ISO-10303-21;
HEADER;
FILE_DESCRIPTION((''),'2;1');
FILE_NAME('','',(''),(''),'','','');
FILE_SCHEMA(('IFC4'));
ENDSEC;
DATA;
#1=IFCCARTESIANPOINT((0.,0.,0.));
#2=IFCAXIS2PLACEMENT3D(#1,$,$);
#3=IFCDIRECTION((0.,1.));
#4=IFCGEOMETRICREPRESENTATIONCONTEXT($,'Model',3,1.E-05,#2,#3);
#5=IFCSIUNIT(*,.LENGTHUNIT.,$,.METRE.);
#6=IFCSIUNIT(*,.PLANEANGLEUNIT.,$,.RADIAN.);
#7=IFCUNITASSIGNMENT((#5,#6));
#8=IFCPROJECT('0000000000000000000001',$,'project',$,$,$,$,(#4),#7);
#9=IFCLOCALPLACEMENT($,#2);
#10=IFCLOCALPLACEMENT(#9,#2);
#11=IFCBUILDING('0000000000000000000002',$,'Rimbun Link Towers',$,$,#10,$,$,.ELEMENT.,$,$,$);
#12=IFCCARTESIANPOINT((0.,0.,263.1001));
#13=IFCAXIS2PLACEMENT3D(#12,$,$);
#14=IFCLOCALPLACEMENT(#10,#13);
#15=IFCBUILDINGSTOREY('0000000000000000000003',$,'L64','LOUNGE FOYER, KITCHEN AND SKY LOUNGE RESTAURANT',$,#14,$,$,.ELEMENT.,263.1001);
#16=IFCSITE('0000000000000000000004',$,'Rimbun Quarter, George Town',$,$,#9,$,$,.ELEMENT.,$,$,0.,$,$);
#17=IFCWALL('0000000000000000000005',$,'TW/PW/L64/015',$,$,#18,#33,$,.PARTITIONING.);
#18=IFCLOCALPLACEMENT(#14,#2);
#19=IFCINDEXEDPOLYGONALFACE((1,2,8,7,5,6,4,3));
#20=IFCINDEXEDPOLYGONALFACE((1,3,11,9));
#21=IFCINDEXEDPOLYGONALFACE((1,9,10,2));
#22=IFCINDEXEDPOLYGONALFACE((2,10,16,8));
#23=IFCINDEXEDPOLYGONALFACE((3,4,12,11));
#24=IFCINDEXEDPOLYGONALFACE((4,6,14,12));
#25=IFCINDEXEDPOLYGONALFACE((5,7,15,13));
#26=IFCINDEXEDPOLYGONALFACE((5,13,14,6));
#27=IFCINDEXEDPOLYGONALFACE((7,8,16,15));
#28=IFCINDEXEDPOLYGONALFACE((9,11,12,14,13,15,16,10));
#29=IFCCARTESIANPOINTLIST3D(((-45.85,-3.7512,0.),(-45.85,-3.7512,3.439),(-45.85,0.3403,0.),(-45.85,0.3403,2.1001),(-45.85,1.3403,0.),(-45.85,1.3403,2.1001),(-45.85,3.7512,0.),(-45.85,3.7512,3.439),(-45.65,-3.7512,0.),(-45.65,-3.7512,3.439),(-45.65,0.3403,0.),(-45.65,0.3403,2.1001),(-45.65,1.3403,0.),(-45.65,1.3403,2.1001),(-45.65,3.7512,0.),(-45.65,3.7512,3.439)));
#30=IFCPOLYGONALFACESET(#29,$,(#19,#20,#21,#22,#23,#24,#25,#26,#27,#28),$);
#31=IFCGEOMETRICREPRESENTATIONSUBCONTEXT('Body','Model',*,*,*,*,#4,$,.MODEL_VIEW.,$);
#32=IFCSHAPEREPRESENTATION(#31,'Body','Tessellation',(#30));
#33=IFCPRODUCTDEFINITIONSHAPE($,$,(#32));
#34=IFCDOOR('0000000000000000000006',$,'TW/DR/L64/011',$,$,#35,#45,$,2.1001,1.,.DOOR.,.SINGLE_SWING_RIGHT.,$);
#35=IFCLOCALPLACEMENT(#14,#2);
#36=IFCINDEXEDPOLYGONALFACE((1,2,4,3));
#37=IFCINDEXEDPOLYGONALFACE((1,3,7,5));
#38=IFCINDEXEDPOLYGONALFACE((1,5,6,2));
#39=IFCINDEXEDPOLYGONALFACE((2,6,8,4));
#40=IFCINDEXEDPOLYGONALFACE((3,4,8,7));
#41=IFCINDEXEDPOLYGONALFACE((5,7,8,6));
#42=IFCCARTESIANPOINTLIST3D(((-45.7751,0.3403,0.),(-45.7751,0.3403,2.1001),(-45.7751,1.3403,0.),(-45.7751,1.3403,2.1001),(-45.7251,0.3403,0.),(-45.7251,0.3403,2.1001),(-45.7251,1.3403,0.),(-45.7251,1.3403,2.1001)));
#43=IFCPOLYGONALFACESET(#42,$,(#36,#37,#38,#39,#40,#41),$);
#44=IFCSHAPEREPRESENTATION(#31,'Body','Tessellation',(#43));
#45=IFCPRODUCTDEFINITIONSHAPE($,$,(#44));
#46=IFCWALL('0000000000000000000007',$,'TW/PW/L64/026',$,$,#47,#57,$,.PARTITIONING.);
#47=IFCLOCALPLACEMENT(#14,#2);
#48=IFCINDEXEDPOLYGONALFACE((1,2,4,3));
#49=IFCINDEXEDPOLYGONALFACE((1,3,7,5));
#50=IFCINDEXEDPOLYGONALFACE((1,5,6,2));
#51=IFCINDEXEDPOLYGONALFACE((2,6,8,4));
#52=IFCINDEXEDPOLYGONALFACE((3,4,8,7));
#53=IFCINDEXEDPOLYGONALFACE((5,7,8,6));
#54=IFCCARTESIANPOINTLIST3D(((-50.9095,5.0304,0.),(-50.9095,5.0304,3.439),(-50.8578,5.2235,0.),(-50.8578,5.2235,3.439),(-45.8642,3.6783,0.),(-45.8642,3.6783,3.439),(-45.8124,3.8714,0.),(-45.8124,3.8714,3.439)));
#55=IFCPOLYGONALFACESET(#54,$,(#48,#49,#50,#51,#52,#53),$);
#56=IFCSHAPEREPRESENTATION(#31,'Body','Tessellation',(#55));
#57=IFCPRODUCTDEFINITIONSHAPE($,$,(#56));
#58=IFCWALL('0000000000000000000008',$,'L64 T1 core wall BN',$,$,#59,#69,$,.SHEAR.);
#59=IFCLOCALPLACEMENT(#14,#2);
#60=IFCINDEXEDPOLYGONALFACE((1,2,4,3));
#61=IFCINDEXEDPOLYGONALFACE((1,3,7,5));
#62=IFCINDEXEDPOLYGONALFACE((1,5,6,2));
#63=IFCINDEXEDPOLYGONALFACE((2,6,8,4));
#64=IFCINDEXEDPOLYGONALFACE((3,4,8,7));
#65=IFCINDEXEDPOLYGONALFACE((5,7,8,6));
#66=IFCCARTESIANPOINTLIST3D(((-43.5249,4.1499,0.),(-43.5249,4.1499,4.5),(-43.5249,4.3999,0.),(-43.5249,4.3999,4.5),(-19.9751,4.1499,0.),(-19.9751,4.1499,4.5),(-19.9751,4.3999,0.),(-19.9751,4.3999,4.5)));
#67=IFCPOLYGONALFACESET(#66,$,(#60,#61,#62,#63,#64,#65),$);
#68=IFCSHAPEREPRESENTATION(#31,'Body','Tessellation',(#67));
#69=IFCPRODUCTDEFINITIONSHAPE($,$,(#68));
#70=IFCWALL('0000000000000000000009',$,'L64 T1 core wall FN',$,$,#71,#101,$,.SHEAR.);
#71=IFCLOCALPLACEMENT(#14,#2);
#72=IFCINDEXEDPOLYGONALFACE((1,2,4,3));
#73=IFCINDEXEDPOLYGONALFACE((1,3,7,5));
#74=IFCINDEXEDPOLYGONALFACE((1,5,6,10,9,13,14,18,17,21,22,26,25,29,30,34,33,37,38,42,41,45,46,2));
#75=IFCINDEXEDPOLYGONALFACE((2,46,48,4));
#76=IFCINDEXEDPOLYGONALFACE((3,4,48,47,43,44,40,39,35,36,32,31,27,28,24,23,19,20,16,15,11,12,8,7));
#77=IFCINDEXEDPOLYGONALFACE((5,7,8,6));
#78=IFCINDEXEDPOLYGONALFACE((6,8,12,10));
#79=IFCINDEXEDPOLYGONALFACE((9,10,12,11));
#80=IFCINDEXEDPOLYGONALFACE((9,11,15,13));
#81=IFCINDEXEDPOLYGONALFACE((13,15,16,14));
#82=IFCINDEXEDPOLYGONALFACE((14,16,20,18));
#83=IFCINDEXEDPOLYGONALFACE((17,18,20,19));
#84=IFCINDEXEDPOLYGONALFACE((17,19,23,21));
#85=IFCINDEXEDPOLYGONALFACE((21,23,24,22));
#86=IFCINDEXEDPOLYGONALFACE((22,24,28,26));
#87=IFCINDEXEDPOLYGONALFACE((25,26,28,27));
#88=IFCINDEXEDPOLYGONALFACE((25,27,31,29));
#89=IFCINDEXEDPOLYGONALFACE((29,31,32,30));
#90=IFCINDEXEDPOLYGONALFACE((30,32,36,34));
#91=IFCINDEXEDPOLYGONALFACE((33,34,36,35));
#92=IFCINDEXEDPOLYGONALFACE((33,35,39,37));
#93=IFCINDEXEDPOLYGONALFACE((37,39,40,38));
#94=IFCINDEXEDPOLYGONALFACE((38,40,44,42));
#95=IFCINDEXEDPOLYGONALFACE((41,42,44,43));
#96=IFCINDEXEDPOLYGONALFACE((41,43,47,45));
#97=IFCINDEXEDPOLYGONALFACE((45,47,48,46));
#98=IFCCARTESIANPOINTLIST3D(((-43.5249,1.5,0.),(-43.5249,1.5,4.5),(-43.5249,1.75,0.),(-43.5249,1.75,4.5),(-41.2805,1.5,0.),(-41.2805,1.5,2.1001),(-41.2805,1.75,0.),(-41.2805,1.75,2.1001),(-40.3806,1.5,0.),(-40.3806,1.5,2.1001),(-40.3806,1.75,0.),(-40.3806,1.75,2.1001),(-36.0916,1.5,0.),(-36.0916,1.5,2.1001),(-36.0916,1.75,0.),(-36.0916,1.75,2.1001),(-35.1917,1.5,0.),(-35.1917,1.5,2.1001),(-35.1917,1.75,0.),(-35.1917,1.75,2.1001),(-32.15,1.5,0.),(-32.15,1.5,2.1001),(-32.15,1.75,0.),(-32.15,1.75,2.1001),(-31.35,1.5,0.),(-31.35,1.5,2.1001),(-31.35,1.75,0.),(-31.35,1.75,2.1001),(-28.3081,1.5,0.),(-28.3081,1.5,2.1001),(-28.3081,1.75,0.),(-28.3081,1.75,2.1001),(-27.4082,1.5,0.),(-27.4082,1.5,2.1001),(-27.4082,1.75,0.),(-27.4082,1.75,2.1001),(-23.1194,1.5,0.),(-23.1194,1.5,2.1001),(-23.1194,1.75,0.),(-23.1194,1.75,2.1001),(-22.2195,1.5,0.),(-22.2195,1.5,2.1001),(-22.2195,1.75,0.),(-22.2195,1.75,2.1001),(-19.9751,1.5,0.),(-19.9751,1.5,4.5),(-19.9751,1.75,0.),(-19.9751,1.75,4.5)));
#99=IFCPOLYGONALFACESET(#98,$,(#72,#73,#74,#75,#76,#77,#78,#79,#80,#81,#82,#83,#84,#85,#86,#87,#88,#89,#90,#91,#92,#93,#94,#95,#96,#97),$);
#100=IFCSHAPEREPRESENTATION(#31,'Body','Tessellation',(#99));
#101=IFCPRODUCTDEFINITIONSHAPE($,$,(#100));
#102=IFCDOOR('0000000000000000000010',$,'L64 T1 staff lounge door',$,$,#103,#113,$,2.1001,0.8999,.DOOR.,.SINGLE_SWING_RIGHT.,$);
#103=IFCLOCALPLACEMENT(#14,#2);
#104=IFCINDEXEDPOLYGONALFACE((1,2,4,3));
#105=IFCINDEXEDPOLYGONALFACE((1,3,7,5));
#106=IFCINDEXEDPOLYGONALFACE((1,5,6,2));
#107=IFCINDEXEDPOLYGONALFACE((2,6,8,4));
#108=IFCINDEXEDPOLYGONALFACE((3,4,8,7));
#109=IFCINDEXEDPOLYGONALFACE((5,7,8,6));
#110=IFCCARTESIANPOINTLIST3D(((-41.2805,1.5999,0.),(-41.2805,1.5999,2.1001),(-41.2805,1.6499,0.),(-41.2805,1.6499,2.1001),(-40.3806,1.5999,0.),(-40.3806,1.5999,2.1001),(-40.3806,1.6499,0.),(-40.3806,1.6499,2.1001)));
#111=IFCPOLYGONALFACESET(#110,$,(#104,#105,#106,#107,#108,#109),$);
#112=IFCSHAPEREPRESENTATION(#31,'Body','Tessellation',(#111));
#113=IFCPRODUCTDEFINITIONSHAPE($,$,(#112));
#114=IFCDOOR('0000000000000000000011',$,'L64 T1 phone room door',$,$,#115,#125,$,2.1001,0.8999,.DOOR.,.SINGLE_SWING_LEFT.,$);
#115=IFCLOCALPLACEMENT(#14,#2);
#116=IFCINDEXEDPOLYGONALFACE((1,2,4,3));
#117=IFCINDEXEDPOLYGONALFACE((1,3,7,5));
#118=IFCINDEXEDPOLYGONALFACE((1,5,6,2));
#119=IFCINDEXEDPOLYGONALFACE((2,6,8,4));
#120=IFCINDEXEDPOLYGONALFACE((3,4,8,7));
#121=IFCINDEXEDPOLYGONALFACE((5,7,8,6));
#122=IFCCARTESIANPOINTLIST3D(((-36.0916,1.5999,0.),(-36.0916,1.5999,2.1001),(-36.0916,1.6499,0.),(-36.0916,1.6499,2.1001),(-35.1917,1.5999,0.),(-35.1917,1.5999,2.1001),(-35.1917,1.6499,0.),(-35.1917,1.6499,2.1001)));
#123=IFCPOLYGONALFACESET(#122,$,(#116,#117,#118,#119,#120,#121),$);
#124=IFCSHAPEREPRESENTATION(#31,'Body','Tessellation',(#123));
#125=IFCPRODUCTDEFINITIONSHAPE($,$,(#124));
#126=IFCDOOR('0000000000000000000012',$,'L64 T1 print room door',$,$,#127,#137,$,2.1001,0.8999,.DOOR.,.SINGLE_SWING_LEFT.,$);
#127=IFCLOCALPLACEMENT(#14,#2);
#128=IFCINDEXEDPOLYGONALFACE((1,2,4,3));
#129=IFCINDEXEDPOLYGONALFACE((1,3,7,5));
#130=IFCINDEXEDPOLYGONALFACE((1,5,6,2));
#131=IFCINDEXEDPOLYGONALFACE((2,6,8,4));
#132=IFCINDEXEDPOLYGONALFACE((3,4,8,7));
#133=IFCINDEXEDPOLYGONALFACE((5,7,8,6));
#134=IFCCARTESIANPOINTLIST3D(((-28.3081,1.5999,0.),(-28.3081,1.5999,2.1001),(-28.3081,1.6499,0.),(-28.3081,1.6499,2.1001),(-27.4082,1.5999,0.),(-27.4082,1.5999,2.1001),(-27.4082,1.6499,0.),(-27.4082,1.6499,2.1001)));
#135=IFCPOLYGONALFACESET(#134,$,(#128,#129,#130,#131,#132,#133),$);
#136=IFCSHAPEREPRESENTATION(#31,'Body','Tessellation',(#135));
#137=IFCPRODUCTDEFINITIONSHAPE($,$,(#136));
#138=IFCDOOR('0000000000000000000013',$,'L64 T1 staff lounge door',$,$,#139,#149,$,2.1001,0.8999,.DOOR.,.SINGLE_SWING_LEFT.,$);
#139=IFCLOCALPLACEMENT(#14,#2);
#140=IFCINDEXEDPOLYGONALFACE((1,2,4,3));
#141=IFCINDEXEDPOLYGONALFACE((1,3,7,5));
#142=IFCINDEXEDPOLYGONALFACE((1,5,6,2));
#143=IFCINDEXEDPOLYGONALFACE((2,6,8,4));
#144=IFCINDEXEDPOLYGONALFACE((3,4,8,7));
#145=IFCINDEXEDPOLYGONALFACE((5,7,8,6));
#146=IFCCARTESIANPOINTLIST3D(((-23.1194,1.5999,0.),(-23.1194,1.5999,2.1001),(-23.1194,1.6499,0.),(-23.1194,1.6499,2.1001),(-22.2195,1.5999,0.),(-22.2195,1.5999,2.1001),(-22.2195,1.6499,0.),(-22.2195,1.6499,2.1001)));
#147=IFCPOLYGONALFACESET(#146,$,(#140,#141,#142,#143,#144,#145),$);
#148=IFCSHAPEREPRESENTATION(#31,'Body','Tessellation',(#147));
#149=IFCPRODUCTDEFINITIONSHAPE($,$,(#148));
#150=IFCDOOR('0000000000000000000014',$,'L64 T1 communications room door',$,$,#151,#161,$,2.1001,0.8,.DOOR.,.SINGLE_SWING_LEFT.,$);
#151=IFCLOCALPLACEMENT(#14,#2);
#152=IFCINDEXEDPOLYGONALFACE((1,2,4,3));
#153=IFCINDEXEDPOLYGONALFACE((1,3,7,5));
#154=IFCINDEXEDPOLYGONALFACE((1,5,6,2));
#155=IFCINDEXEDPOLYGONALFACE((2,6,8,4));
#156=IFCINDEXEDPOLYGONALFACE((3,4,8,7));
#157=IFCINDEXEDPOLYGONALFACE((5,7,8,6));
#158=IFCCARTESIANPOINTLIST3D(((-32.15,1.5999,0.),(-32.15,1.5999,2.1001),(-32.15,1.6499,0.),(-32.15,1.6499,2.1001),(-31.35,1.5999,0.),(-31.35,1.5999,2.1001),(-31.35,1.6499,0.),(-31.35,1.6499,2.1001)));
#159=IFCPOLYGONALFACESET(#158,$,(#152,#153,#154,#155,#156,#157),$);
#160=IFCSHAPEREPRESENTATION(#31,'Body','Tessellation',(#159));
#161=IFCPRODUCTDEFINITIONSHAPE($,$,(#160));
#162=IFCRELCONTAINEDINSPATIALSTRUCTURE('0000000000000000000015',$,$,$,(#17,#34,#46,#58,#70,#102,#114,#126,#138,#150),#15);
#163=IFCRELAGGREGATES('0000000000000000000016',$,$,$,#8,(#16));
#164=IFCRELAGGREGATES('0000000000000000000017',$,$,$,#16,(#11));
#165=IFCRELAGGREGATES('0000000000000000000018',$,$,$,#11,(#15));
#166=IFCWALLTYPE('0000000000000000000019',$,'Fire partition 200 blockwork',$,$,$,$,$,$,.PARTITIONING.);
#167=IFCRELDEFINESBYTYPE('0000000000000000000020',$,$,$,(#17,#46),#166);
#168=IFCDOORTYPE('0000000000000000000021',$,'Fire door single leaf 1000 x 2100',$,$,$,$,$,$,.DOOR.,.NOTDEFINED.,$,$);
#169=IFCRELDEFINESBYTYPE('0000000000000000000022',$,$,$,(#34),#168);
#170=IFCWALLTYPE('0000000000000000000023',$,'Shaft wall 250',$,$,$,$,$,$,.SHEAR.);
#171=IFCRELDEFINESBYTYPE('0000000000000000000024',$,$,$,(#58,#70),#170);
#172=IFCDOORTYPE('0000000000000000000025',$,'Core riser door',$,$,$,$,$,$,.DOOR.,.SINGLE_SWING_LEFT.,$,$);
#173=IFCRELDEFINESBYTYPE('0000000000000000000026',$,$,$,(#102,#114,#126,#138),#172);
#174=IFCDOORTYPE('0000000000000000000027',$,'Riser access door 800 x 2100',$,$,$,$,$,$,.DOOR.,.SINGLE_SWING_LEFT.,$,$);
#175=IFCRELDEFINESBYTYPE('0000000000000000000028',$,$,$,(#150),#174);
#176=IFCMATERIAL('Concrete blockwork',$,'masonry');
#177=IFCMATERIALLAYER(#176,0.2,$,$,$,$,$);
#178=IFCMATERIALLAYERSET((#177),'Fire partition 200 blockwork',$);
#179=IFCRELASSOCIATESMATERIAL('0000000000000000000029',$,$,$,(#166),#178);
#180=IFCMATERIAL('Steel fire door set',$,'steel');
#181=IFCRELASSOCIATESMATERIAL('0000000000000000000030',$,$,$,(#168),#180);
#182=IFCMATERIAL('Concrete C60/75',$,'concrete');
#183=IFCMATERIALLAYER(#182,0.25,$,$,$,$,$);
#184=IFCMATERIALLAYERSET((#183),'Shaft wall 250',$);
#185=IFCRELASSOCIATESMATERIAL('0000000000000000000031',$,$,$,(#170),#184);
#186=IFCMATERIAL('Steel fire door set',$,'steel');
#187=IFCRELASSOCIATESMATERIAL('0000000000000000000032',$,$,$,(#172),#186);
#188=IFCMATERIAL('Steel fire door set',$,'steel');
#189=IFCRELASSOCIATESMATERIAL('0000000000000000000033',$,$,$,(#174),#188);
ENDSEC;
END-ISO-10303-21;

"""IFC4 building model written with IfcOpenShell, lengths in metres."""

from ifc_helpers import new_model, si_unit, direction, frame, frame_2d, origin, place, context, subcontext, project, spatial, rectangle, extrude, material, layer, layer_set, type_object, element, fill, save


model = new_model("IFC4")

# Units and contexts
model_context = context("Model", 3, precision=1e-05, world=origin(), true_north=direction((0.0, 1.0)))
body_context = subcontext(model_context, "Body", "Model", "MODEL_VIEW")
ifc_project = project(units=[si_unit("LENGTHUNIT", "METRE"), si_unit("PLANEANGLEUNIT", "RADIAN")], contexts=[model_context])

# Site, building, storey
site_placement = place(None, origin())
site = spatial("IfcSite", under=ifc_project, at=site_placement, Name="Rimbun Quarter, George Town", CompositionType="ELEMENT", RefElevation=0.0)
building_placement = place(site_placement, origin())
building = spatial("IfcBuilding", under=site, at=building_placement, Name="Rimbun Link Towers", CompositionType="ELEMENT")
storey_placement = place(building_placement, frame((0.0, 0.0, 263.1001)))
storey = spatial("IfcBuildingStorey", under=building, at=storey_placement, Name="L64", Description="LOUNGE FOYER, KITCHEN AND SKY LOUNGE RESTAURANT", CompositionType="ELEMENT", Elevation=263.1001)

# Wall, opening, door
ifc_material_1 = material(Name="Concrete blockwork", Category="masonry")
ifc_layer_1 = layer(ifc_material_1, 0.2)
ifc_layer_set_1 = layer_set([ifc_layer_1], Name="Fire partition 200 blockwork")
wall_type_1 = type_object("IfcWallType", Name="Fire partition 200 blockwork", PredefinedType="PARTITIONING", material=ifc_layer_set_1)
wall_1_placement = place(storey_placement, frame((-45.75, 3.7512, 0.0), z_axis=(0.0, 0.0, 1.0), x_axis=(0.0, -1.0, 0.0)))
wall_1 = element("IfcWall", 1, at=wall_1_placement, inside=storey, type_object=wall_type_1, Name="TW/PW/L64/015", PredefinedType="PARTITIONING", context=body_context, shape_type="SweptSolid", body=[
    extrude(rectangle(XDim=7.5024, YDim=0.2, at=frame_2d((3.7512, 0.0))), origin(), (0.0, 0.0, 1.0), 3.439),
])
opening_1_placement = place(wall_1_placement, frame((2.4109, 0.0, 0.0)))
opening_1 = element("IfcOpeningElement", 2, at=opening_1_placement, cuts=wall_1, PredefinedType="OPENING", context=body_context, shape_type="SweptSolid", body=[
    extrude(rectangle(XDim=1.0, YDim=2.1001, at=frame_2d((0.5, 1.05))), frame((0.0, 0.1099, 0.0), z_axis=(0.0, -1.0, 0.0), x_axis=(1.0, 0.0, 0.0)), (0.0, 0.0, 1.0), 0.22),
])
ifc_material_2 = material(Name="Steel fire door set", Category="steel")
door_type_1 = type_object("IfcDoorType", Name="Fire door single leaf 1000 x 2100", OperationType="NOTDEFINED", PredefinedType="DOOR", material=ifc_material_2)
door_1_placement = place(opening_1_placement, origin())
door_1 = element("IfcDoor", 3, at=door_1_placement, inside=storey, type_object=door_type_1, Name="TW/DR/L64/011", OperationType="SINGLE_SWING_RIGHT", OverallHeight=2.1001, OverallWidth=1.0, PredefinedType="DOOR", context=body_context, shape_type="SweptSolid", body=[
    extrude(rectangle(XDim=1.0, YDim=2.1001, at=frame_2d((0.5, 1.05))), frame((0.0, 0.0249, 0.0), z_axis=(0.0, -1.0, 0.0), x_axis=(1.0, 0.0, 0.0)), (0.0, 0.0, 1.0), 0.05),
])
fill(opening_1, door_1)

# Walls
wall_2_placement = place(storey_placement, frame((-50.8838, 5.127, 0.0), z_axis=(0.0, 0.0, 1.0), x_axis=(0.965919, -0.258844, 0.0)))
element("IfcWall", 4, at=wall_2_placement, inside=storey, type_object=wall_type_1, Name="TW/PW/L64/026", PredefinedType="PARTITIONING", context=body_context, shape_type="SweptSolid", body=[
    extrude(rectangle(XDim=5.2234, YDim=0.2, at=frame_2d((2.6118, 0.0))), origin(), (0.0, 0.0, 1.0), 3.439),
])
ifc_material_3 = material(Name="Concrete C60/75", Category="concrete")
ifc_layer_2 = layer(ifc_material_3, 0.25)
ifc_layer_set_2 = layer_set([ifc_layer_2], Name="Shaft wall 250")
wall_type_2 = type_object("IfcWallType", Name="Shaft wall 250", PredefinedType="SHEAR", material=ifc_layer_set_2)
wall_3_placement = place(storey_placement, frame((-43.5249, 4.2749, 0.0), z_axis=(0.0, 0.0, 1.0), x_axis=(1.0, 0.0, 0.0)))
element("IfcWall", 5, at=wall_3_placement, inside=storey, type_object=wall_type_2, Name="L64 T1 core wall BN", PredefinedType="SHEAR", context=body_context, shape_type="SweptSolid", body=[
    extrude(rectangle(XDim=23.5498, YDim=0.25, at=frame_2d((11.7749, 0.0))), origin(), (0.0, 0.0, 1.0), 4.5),
])

# Wall, openings, doors
wall_4_placement = place(storey_placement, frame((-43.5249, 1.625, 0.0), z_axis=(0.0, 0.0, 1.0), x_axis=(1.0, 0.0, 0.0)))
wall_4 = element("IfcWall", 6, at=wall_4_placement, inside=storey, type_object=wall_type_2, Name="L64 T1 core wall FN", PredefinedType="SHEAR", context=body_context, shape_type="SweptSolid", body=[
    extrude(rectangle(XDim=23.5498, YDim=0.25, at=frame_2d((11.7749, 0.0))), origin(), (0.0, 0.0, 1.0), 4.5),
])
opening_2_placement = place(wall_4_placement, frame((2.2444, 0.0, 0.0)))
opening_2 = element("IfcOpeningElement", 7, at=opening_2_placement, cuts=wall_4, PredefinedType="OPENING", context=body_context, shape_type="SweptSolid", body=[
    extrude(rectangle(XDim=0.8999, YDim=2.1001, at=frame_2d((0.45, 1.05))), frame((0.0, 0.135, 0.0), z_axis=(0.0, -1.0, 0.0), x_axis=(1.0, 0.0, 0.0)), (0.0, 0.0, 1.0), 0.27),
])
opening_3_placement = place(wall_4_placement, frame((7.4333, 0.0, 0.0)))
opening_3 = element("IfcOpeningElement", 8, at=opening_3_placement, cuts=wall_4, PredefinedType="OPENING", context=body_context, shape_type="SweptSolid", body=[
    extrude(rectangle(XDim=0.8999, YDim=2.1001, at=frame_2d((0.45, 1.05))), frame((0.0, 0.135, 0.0), z_axis=(0.0, -1.0, 0.0), x_axis=(1.0, 0.0, 0.0)), (0.0, 0.0, 1.0), 0.27),
])
opening_4_placement = place(wall_4_placement, frame((11.375, 0.0, 0.0)))
opening_4 = element("IfcOpeningElement", 9, at=opening_4_placement, cuts=wall_4, PredefinedType="OPENING", context=body_context, shape_type="SweptSolid", body=[
    extrude(rectangle(XDim=0.8, YDim=2.1001, at=frame_2d((0.3999, 1.05))), frame((0.0, 0.135, 0.0), z_axis=(0.0, -1.0, 0.0), x_axis=(1.0, 0.0, 0.0)), (0.0, 0.0, 1.0), 0.27),
])
opening_5_placement = place(wall_4_placement, frame((15.2168, 0.0, 0.0)))
opening_5 = element("IfcOpeningElement", 10, at=opening_5_placement, cuts=wall_4, PredefinedType="OPENING", context=body_context, shape_type="SweptSolid", body=[
    extrude(rectangle(XDim=0.8999, YDim=2.1001, at=frame_2d((0.45, 1.05))), frame((0.0, 0.135, 0.0), z_axis=(0.0, -1.0, 0.0), x_axis=(1.0, 0.0, 0.0)), (0.0, 0.0, 1.0), 0.27),
])
opening_6_placement = place(wall_4_placement, frame((20.4055, 0.0, 0.0)))
opening_6 = element("IfcOpeningElement", 11, at=opening_6_placement, cuts=wall_4, PredefinedType="OPENING", context=body_context, shape_type="SweptSolid", body=[
    extrude(rectangle(XDim=0.8999, YDim=2.1001, at=frame_2d((0.45, 1.05))), frame((0.0, 0.135, 0.0), z_axis=(0.0, -1.0, 0.0), x_axis=(1.0, 0.0, 0.0)), (0.0, 0.0, 1.0), 0.27),
])
ifc_material_4 = material(Name="Steel fire door set", Category="steel")
door_type_2 = type_object("IfcDoorType", Name="Core riser door", OperationType="SINGLE_SWING_LEFT", PredefinedType="DOOR", material=ifc_material_4)
door_2_placement = place(opening_2_placement, origin())
door_2 = element("IfcDoor", 12, at=door_2_placement, inside=storey, type_object=door_type_2, Name="L64 T1 staff lounge door", OperationType="SINGLE_SWING_RIGHT", OverallHeight=2.1001, OverallWidth=0.8999, PredefinedType="DOOR", context=body_context, shape_type="SweptSolid", body=[
    extrude(rectangle(XDim=0.8999, YDim=2.1001, at=frame_2d((0.45, 1.05))), frame((0.0, 0.0249, 0.0), z_axis=(0.0, -1.0, 0.0), x_axis=(1.0, 0.0, 0.0)), (0.0, 0.0, 1.0), 0.05),
])
fill(opening_2, door_2)
door_3_placement = place(opening_3_placement, origin())
door_3 = element("IfcDoor", 13, at=door_3_placement, inside=storey, type_object=door_type_2, Name="L64 T1 phone room door", OperationType="SINGLE_SWING_LEFT", OverallHeight=2.1001, OverallWidth=0.8999, PredefinedType="DOOR", context=body_context, shape_type="SweptSolid", body=[
    extrude(rectangle(XDim=0.8999, YDim=2.1001, at=frame_2d((0.45, 1.05))), frame((0.0, 0.0249, 0.0), z_axis=(0.0, -1.0, 0.0), x_axis=(1.0, 0.0, 0.0)), (0.0, 0.0, 1.0), 0.05),
])
fill(opening_3, door_3)
door_4_placement = place(opening_5_placement, origin())
door_4 = element("IfcDoor", 14, at=door_4_placement, inside=storey, type_object=door_type_2, Name="L64 T1 print room door", OperationType="SINGLE_SWING_LEFT", OverallHeight=2.1001, OverallWidth=0.8999, PredefinedType="DOOR", context=body_context, shape_type="SweptSolid", body=[
    extrude(rectangle(XDim=0.8999, YDim=2.1001, at=frame_2d((0.45, 1.05))), frame((0.0, 0.0249, 0.0), z_axis=(0.0, -1.0, 0.0), x_axis=(1.0, 0.0, 0.0)), (0.0, 0.0, 1.0), 0.05),
])
fill(opening_5, door_4)
door_5_placement = place(opening_6_placement, origin())
door_5 = element("IfcDoor", 15, at=door_5_placement, inside=storey, type_object=door_type_2, Name="L64 T1 staff lounge door", OperationType="SINGLE_SWING_LEFT", OverallHeight=2.1001, OverallWidth=0.8999, PredefinedType="DOOR", context=body_context, shape_type="SweptSolid", body=[
    extrude(rectangle(XDim=0.8999, YDim=2.1001, at=frame_2d((0.45, 1.05))), frame((0.0, 0.0249, 0.0), z_axis=(0.0, -1.0, 0.0), x_axis=(1.0, 0.0, 0.0)), (0.0, 0.0, 1.0), 0.05),
])
fill(opening_6, door_5)
ifc_material_5 = material(Name="Steel fire door set", Category="steel")
door_type_3 = type_object("IfcDoorType", Name="Riser access door 800 x 2100", OperationType="SINGLE_SWING_LEFT", PredefinedType="DOOR", material=ifc_material_5)
door_6_placement = place(opening_4_placement, origin())
door_6 = element("IfcDoor", 16, at=door_6_placement, inside=storey, type_object=door_type_3, Name="L64 T1 communications room door", OperationType="SINGLE_SWING_LEFT", OverallHeight=2.1001, OverallWidth=0.8, PredefinedType="DOOR", context=body_context, shape_type="SweptSolid", body=[
    extrude(rectangle(XDim=0.8, YDim=2.1001, at=frame_2d((0.3999, 1.05))), frame((0.0, 0.0249, 0.0), z_axis=(0.0, -1.0, 0.0), x_axis=(1.0, 0.0, 0.0)), (0.0, 0.0, 1.0), 0.05),
])
fill(opening_4, door_6)

save(model, "model.ifc")
